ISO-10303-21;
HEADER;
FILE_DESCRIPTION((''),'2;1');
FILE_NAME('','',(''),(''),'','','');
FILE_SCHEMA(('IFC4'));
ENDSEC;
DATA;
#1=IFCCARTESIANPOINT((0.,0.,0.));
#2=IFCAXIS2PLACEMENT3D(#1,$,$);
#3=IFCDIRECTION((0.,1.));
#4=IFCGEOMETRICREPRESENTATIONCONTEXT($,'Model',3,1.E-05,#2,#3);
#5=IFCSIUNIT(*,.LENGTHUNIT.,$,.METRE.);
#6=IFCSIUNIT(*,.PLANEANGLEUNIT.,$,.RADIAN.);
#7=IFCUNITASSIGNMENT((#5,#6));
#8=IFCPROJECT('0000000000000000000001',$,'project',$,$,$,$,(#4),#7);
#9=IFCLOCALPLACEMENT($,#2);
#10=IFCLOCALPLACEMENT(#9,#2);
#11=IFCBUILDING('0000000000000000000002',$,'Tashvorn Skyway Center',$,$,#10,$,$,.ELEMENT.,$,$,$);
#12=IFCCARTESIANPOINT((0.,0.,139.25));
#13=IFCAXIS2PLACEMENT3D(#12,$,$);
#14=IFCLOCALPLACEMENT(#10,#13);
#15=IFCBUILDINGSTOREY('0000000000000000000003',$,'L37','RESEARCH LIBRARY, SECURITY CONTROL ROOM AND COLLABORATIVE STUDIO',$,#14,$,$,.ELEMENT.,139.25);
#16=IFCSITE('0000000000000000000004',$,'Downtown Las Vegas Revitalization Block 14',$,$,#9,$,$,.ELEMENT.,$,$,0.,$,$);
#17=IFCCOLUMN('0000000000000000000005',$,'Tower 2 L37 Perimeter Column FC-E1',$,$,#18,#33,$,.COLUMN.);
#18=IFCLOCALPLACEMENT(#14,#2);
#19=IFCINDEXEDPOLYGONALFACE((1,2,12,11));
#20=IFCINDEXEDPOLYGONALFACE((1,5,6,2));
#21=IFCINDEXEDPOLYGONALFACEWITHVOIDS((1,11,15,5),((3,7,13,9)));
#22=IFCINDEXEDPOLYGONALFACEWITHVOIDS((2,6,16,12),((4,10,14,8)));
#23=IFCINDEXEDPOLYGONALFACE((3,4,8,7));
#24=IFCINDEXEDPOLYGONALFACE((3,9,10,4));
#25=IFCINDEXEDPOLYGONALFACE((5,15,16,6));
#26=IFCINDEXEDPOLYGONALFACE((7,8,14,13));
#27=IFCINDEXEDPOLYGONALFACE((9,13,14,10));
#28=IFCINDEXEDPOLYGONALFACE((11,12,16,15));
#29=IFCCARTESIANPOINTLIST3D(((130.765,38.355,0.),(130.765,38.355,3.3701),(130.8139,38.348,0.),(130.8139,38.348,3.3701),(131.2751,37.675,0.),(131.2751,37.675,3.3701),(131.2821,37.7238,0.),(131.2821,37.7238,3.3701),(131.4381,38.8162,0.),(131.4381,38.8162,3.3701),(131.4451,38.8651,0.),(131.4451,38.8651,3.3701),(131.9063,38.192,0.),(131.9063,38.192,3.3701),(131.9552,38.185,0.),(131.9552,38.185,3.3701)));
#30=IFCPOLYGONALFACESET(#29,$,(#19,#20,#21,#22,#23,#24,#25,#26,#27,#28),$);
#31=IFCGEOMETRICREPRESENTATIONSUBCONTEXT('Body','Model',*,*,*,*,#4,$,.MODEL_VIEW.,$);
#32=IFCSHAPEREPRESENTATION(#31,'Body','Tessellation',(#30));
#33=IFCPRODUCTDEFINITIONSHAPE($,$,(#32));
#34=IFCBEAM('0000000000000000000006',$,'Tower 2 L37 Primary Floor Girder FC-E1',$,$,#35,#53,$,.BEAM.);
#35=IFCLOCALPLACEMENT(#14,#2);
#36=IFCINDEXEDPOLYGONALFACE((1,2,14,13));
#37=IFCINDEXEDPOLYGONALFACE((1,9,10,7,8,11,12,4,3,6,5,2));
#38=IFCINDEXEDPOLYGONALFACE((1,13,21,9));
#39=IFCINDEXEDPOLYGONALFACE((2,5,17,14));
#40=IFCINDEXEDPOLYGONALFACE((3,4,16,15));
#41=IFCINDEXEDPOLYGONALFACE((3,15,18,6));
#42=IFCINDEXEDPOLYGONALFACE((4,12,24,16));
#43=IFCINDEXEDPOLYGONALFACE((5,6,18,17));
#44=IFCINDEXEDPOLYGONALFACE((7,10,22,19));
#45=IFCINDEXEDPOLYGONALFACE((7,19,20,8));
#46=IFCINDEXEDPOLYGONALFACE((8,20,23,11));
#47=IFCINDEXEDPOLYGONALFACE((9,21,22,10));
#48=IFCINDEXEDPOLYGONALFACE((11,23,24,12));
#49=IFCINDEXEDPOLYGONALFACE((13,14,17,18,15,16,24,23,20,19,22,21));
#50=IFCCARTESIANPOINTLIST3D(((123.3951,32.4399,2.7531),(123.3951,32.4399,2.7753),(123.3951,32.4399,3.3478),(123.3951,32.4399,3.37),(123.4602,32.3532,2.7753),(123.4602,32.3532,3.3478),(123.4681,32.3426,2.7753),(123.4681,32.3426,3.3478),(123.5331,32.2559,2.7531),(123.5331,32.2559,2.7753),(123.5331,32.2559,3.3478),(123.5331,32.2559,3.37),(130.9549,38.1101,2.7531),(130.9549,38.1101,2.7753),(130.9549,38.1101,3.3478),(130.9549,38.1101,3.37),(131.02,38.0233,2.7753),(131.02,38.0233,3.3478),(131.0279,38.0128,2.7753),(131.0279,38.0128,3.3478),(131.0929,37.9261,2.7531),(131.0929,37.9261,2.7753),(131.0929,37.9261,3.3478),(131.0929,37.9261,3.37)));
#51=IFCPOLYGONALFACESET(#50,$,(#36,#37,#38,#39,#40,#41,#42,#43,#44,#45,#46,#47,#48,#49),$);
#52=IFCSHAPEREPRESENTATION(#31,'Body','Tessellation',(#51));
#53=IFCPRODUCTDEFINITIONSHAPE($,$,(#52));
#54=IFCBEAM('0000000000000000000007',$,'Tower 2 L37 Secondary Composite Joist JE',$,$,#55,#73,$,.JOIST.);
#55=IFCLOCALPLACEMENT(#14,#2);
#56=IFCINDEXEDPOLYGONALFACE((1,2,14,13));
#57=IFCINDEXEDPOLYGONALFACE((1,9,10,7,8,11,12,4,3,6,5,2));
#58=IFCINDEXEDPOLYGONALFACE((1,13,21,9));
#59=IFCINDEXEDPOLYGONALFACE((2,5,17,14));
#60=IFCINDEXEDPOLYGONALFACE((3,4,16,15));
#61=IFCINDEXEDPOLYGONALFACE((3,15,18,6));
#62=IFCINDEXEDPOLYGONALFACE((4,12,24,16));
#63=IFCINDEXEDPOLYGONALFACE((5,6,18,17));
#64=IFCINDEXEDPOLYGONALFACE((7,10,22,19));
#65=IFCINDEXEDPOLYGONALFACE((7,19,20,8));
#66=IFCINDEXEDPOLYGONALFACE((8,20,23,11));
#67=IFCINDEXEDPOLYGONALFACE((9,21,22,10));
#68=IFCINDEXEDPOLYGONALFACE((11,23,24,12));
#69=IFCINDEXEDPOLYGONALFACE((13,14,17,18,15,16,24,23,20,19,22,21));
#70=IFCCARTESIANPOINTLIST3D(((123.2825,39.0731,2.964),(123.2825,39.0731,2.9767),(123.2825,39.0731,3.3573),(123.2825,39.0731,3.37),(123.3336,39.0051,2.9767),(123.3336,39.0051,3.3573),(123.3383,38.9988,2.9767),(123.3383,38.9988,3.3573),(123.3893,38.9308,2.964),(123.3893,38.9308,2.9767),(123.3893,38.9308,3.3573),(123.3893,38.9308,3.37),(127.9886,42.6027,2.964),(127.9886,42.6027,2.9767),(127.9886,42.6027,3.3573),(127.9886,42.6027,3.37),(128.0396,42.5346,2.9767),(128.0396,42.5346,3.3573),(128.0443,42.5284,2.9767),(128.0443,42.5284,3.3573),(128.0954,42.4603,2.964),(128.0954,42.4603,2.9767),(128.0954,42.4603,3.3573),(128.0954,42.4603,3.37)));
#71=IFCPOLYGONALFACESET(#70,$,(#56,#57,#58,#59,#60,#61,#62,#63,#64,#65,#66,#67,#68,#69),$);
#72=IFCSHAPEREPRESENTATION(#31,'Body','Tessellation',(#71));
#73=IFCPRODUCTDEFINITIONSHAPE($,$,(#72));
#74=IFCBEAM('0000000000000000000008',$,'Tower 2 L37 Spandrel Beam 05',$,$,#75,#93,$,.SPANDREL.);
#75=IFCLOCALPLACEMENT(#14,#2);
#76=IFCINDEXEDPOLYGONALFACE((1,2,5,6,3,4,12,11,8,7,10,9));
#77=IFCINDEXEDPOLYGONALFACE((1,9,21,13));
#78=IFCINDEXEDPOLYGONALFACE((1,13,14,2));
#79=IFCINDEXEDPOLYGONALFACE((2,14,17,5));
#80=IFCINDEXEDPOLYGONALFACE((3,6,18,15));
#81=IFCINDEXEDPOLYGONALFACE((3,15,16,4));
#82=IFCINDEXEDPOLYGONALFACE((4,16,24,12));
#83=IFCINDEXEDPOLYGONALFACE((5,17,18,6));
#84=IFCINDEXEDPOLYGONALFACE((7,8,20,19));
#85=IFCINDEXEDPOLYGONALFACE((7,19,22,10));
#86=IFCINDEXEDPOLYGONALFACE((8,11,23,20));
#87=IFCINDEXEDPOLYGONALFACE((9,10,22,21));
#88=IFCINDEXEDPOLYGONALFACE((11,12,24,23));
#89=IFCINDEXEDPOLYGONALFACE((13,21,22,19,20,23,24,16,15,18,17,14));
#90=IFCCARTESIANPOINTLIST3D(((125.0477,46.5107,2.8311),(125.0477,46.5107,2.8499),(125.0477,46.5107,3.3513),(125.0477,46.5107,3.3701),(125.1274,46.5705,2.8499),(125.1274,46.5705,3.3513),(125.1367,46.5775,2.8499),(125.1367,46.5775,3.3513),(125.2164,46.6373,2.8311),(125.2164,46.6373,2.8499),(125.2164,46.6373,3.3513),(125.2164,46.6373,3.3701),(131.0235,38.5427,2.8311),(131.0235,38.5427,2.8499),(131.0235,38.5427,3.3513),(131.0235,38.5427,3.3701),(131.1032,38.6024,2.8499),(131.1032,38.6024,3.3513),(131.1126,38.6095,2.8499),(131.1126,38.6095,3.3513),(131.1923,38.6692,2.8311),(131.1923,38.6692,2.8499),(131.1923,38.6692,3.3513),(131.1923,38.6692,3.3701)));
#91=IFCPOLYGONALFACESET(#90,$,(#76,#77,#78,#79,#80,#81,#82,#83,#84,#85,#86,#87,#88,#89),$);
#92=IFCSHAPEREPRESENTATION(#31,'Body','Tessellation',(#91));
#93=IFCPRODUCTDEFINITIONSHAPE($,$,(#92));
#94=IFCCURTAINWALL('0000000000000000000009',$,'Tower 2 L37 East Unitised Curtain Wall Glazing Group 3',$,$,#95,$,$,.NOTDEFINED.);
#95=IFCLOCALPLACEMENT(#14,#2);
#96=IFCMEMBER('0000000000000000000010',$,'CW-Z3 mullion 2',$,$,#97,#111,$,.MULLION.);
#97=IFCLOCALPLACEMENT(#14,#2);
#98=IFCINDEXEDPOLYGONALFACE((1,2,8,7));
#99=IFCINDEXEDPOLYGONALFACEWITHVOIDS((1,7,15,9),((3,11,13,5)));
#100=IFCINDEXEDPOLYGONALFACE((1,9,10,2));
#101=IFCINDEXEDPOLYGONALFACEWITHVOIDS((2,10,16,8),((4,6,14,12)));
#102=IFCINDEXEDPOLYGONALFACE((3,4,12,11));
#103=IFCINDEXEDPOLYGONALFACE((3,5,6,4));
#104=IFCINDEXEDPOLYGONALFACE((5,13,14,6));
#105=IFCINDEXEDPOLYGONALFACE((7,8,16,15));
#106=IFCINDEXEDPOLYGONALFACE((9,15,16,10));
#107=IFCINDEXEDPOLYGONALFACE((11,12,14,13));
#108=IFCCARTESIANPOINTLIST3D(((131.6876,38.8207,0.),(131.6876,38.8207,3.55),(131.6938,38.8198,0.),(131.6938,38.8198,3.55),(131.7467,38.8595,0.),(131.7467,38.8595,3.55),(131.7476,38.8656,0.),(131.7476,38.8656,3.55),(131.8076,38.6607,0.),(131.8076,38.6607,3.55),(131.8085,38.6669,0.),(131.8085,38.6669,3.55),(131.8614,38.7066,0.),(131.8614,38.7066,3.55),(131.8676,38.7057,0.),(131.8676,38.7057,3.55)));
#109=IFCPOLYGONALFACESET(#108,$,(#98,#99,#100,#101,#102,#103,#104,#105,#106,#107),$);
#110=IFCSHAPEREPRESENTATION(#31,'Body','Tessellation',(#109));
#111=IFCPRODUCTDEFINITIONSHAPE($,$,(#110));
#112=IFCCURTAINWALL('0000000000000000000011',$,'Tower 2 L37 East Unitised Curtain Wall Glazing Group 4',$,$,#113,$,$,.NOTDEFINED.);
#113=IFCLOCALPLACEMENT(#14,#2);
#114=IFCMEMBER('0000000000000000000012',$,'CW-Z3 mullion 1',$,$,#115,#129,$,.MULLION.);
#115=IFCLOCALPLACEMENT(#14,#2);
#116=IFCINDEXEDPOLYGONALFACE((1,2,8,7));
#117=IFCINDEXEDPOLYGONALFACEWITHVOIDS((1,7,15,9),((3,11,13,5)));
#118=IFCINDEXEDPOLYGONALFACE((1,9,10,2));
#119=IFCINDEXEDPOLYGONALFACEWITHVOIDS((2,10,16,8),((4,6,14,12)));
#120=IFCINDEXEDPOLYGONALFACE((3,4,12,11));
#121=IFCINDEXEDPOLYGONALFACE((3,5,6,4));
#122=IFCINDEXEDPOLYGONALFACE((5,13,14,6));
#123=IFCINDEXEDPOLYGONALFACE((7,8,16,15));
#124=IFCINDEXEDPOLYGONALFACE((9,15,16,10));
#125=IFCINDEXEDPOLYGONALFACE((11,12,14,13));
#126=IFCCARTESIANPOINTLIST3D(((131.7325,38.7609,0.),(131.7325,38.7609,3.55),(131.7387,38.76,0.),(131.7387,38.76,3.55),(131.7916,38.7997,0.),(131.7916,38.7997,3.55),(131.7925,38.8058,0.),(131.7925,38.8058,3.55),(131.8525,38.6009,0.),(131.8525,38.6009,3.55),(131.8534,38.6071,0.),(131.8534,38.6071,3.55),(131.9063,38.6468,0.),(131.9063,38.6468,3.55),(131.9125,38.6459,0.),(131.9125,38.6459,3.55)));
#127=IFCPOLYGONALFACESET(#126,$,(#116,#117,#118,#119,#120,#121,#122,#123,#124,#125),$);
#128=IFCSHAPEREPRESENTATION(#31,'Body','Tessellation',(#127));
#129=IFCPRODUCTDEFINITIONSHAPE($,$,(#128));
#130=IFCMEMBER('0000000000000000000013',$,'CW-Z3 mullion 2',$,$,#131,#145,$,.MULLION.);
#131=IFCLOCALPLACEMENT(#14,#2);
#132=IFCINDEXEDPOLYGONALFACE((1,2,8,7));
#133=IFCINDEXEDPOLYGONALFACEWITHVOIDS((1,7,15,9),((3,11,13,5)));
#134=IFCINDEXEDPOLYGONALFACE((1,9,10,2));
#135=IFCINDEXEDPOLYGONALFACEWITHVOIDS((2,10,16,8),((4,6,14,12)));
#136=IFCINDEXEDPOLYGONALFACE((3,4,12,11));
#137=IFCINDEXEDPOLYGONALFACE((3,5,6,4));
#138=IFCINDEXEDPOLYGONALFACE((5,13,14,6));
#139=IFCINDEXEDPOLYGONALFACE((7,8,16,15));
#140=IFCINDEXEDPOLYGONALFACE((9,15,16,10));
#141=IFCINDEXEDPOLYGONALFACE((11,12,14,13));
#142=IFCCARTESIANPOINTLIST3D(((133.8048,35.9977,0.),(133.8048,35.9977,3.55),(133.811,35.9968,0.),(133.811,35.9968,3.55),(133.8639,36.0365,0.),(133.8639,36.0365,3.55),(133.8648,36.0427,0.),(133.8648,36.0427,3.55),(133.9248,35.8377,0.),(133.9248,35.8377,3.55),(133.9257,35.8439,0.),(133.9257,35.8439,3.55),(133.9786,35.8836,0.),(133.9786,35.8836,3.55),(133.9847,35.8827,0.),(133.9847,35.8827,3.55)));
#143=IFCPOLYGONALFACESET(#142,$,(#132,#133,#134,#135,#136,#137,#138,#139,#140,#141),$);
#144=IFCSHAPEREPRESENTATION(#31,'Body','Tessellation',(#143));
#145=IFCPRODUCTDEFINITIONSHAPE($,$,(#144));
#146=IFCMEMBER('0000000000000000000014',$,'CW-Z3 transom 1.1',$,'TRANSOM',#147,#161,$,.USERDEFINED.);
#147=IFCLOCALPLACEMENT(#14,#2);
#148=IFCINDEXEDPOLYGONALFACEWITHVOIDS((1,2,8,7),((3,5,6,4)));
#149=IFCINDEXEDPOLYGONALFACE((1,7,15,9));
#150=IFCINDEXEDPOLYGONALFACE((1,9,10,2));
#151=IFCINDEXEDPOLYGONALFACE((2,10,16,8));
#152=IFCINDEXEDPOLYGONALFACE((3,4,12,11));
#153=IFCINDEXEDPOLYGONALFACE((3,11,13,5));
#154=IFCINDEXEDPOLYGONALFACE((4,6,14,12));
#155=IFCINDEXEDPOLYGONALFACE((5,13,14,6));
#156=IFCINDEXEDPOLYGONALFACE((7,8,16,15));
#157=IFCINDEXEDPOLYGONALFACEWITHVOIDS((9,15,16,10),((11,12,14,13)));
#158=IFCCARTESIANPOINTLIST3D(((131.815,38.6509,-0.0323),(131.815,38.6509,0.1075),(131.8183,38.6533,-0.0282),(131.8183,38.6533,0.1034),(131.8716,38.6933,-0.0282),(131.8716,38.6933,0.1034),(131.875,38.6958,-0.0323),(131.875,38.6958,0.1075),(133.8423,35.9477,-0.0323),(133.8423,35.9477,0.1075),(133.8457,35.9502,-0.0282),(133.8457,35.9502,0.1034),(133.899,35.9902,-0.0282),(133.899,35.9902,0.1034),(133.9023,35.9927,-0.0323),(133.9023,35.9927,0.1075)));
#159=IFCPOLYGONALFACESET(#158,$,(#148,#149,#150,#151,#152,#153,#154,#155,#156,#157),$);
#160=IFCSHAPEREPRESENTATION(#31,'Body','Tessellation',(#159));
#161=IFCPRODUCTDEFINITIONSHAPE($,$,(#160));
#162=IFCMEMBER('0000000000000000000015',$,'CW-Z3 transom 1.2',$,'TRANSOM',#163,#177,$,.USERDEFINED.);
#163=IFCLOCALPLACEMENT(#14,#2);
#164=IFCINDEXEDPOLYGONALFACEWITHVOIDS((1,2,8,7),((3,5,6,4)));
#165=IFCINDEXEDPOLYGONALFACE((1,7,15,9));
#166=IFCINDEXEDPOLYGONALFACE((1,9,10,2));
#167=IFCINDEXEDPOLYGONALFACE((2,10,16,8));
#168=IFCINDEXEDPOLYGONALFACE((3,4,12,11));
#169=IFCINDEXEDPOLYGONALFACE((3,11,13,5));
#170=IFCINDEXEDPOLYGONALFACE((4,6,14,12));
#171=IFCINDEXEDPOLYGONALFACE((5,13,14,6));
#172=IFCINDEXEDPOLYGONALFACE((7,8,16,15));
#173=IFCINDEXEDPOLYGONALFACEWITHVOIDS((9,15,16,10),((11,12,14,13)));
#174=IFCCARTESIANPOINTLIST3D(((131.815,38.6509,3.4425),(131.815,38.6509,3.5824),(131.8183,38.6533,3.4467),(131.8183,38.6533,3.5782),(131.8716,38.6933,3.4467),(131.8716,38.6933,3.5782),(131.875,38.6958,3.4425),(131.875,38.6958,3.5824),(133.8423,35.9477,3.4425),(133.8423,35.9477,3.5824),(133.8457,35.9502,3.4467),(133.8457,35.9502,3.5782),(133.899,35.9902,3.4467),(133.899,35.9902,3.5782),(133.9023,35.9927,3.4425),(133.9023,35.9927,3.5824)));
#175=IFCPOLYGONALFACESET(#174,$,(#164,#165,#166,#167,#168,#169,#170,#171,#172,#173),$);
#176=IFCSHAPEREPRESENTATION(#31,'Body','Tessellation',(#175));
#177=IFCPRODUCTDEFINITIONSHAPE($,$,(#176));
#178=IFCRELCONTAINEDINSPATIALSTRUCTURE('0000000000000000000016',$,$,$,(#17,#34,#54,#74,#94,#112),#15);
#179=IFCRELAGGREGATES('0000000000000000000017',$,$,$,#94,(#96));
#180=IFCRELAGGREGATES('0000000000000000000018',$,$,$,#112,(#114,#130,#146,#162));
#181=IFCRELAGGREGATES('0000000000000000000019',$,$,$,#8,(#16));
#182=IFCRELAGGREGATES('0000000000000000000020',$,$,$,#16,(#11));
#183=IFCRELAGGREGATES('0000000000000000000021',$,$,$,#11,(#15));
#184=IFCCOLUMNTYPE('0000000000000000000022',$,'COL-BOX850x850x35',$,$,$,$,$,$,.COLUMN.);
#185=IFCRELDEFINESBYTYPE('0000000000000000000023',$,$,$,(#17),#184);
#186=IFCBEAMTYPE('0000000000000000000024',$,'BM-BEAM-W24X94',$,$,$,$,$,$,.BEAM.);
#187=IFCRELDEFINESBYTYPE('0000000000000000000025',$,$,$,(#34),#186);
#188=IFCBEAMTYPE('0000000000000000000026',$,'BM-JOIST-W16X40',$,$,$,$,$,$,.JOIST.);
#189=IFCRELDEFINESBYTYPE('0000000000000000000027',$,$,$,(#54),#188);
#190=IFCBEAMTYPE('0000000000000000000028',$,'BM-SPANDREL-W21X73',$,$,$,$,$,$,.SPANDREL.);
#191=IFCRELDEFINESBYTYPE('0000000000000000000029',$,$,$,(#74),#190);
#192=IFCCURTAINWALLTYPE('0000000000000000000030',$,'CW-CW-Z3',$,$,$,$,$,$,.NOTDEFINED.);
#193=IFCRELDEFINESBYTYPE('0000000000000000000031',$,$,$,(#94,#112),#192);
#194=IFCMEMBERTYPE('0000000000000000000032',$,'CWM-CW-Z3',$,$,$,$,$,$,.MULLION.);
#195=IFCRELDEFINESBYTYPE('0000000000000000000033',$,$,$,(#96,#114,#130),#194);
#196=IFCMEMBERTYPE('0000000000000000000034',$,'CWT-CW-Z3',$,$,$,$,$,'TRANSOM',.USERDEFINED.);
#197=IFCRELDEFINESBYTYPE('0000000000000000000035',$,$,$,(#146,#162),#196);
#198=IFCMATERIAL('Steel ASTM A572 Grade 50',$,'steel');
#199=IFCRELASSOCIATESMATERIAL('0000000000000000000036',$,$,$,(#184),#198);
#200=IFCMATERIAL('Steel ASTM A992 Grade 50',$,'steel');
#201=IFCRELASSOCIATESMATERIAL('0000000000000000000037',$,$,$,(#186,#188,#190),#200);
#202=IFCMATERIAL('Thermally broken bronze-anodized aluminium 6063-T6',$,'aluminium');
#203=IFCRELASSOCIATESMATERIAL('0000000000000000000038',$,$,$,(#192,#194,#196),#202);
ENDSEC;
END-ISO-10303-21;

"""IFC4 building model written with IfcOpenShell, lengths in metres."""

from ifc_helpers import new_model, si_unit, direction, frame, origin, origin_2d, place, context, subcontext, project, spatial, hollow_rectangle, i_section, extrude, material, material_profile, profile_set, type_object, element, aggregate, save


model = new_model("IFC4")

# Units and contexts
model_context = context("Model", 3, precision=1e-05, world=origin(), true_north=direction((0.0, 1.0)))
body_context = subcontext(model_context, "Body", "Model", "MODEL_VIEW")
ifc_project = project(units=[si_unit("LENGTHUNIT", "METRE"), si_unit("PLANEANGLEUNIT", "RADIAN")], contexts=[model_context])

# Site, building, storey
site_placement = place(None, origin())
site = spatial("IfcSite", under=ifc_project, at=site_placement, Name="Downtown Las Vegas Revitalization Block 14", CompositionType="ELEMENT", RefElevation=0.0)
building_placement = place(site_placement, origin())
building = spatial("IfcBuilding", under=site, at=building_placement, Name="Tashvorn Skyway Center", CompositionType="ELEMENT")
storey_placement = place(building_placement, frame((0.0, 0.0, 139.25)))
storey = spatial("IfcBuildingStorey", under=building, at=storey_placement, Name="L37", Description="RESEARCH LIBRARY, SECURITY CONTROL ROOM AND COLLABORATIVE STUDIO", CompositionType="ELEMENT", Elevation=139.25)

# Column
ifc_material_1 = material(Name="Steel ASTM A572 Grade 50", Category="steel")
ifc_material_profile_1 = material_profile(ifc_material_1, hollow_rectangle(XDim=0.8501, YDim=0.8501, WallThickness=0.0349, at=origin_2d()), Name="BOX850x850x35")
ifc_profile_set_1 = profile_set([ifc_material_profile_1], Name="Steel ASTM A572 Grade 50")
column_type = type_object("IfcColumnType", Name="COL-BOX850x850x35", PredefinedType="COLUMN", material=ifc_profile_set_1)
column_placement = place(storey_placement, frame((131.3601, 38.27, 0.0), z_axis=(0.0, 0.0, 1.0), x_axis=(0.8, 0.6, 0.0)))
element("IfcColumn", 1, at=column_placement, inside=storey, type_object=column_type, Name="Tower 2 L37 Perimeter Column FC-E1", PredefinedType="COLUMN", context=body_context, shape_type="SweptSolid", body=[
    extrude(hollow_rectangle(XDim=0.8501, YDim=0.8501, WallThickness=0.0349, at=origin_2d()), origin(), (0.0, 0.0, 1.0), 3.3701),
])

# Beams
ifc_material_2 = material(Name="Steel ASTM A992 Grade 50", Category="steel")
ifc_material_profile_2 = material_profile(ifc_material_2, i_section(OverallWidth=0.23, OverallDepth=0.6169, WebThickness=0.0132, FlangeThickness=0.0222, at=origin_2d()), Name="W24X94")
ifc_profile_set_2 = profile_set([ifc_material_profile_2], Name="Steel ASTM A992 Grade 50")
beam_type_1 = type_object("IfcBeamType", Name="BM-BEAM-W24X94", PredefinedType="BEAM", material=ifc_profile_set_2)
beam_1_placement = place(storey_placement, frame((131.0239, 38.0181, 3.0615), z_axis=(-0.799984, -0.600021, 0.0), x_axis=(0.600021, -0.799984, 0.0)))
element("IfcBeam", 2, at=beam_1_placement, inside=storey, type_object=beam_type_1, Name="Tower 2 L37 Primary Floor Girder FC-E1", PredefinedType="BEAM", context=body_context, shape_type="SweptSolid", body=[
    extrude(i_section(OverallWidth=0.23, OverallDepth=0.6169, WebThickness=0.0132, FlangeThickness=0.0222, at=origin_2d()), origin(), (0.0, 0.0, 1.0), 9.45),
])
ifc_material_profile_3 = material_profile(ifc_material_2, i_section(OverallWidth=0.178, OverallDepth=0.406, WebThickness=0.0078, FlangeThickness=0.0127, at=origin_2d()), Name="W16X40")
ifc_profile_set_3 = profile_set([ifc_material_profile_3], Name="Steel ASTM A992 Grade 50")
beam_type_2 = type_object("IfcBeamType", Name="BM-JOIST-W16X40", PredefinedType="JOIST", material=ifc_profile_set_3)
beam_2_placement = place(storey_placement, frame((123.3359, 39.002, 3.167), z_axis=(0.8, 0.6, 0.0), x_axis=(-0.6, 0.8, 0.0)))
element("IfcBeam", 3, at=beam_2_placement, inside=storey, type_object=beam_type_2, Name="Tower 2 L37 Secondary Composite Joist JE", PredefinedType="JOIST", context=body_context, shape_type="SweptSolid", body=[
    extrude(i_section(OverallWidth=0.178, OverallDepth=0.406, WebThickness=0.0078, FlangeThickness=0.0127, at=origin_2d()), origin(), (0.0, 0.0, 1.0), 5.8826),
])
ifc_material_profile_4 = material_profile(ifc_material_2, i_section(OverallWidth=0.2109, OverallDepth=0.5391, WebThickness=0.0117, FlangeThickness=0.0188, at=origin_2d()), Name="W21X73")
ifc_profile_set_4 = profile_set([ifc_material_profile_4], Name="Steel ASTM A992 Grade 50")
beam_type_3 = type_object("IfcBeamType", Name="BM-SPANDREL-W21X73", PredefinedType="SPANDREL", material=ifc_profile_set_4)
beam_3_placement = place(storey_placement, frame((131.1079, 38.606, 3.1006), z_axis=(-0.599988, 0.800009, 0.0), x_axis=(-0.800009, -0.599988, 0.0)))
element("IfcBeam", 4, at=beam_3_placement, inside=storey, type_object=beam_type_3, Name="Tower 2 L37 Spandrel Beam 05", PredefinedType="SPANDREL", context=body_context, shape_type="SweptSolid", body=[
    extrude(i_section(OverallWidth=0.2109, OverallDepth=0.5391, WebThickness=0.0117, FlangeThickness=0.0188, at=origin_2d()), origin(), (0.0, 0.0, 1.0), 9.96),
])

# Curtain wall, member
ifc_material_3 = material(Name="Thermally broken bronze-anodized aluminium 6063-T6", Category="aluminium")
curtain_wall_type = type_object("IfcCurtainWallType", Name="CW-CW-Z3", PredefinedType="NOTDEFINED", material=ifc_material_3)
curtain_wall_1_placement = place(storey_placement, origin())
curtain_wall_1 = element("IfcCurtainWall", 5, at=curtain_wall_1_placement, inside=storey, type_object=curtain_wall_type, Name="Tower 2 L37 East Unitised Curtain Wall Glazing Group 3", PredefinedType="NOTDEFINED")
ifc_material_profile_5 = material_profile(ifc_material_3, hollow_rectangle(XDim=0.075, YDim=0.2, WallThickness=0.0044, at=origin_2d()), Name="ALU-MULL-75x200")
ifc_profile_set_5 = profile_set([ifc_material_profile_5], Name="Thermally broken bronze-anodized aluminium 6063-T6")
member_type_1 = type_object("IfcMemberType", Name="CWM-CW-Z3", PredefinedType="MULLION", material=ifc_profile_set_5)
member_1_placement = place(storey_placement, frame((131.7776, 38.7632, 0.0), z_axis=(0.0, 0.0, 1.0), x_axis=(0.800002, 0.599997, 0.0)))
member_1 = element("IfcMember", 6, at=member_1_placement, type_object=member_type_1, Name="CW-Z3 mullion 2", PredefinedType="MULLION", context=body_context, shape_type="SweptSolid", body=[
    extrude(hollow_rectangle(XDim=0.075, YDim=0.2, WallThickness=0.0044, at=origin_2d()), origin(), (0.0, 0.0, 1.0), 3.55),
])
aggregate(curtain_wall_1, [member_1])

# Curtain wall, members
curtain_wall_2_placement = place(storey_placement, origin())
curtain_wall_2 = element("IfcCurtainWall", 7, at=curtain_wall_2_placement, inside=storey, type_object=curtain_wall_type, Name="Tower 2 L37 East Unitised Curtain Wall Glazing Group 4", PredefinedType="NOTDEFINED")
member_2_placement = place(storey_placement, frame((131.8225, 38.7034, 0.0), z_axis=(0.0, 0.0, 1.0), x_axis=(0.800003, 0.599995, 0.0)))
member_2 = element("IfcMember", 8, at=member_2_placement, type_object=member_type_1, Name="CW-Z3 mullion 1", PredefinedType="MULLION", context=body_context, shape_type="SweptSolid", body=[
    extrude(hollow_rectangle(XDim=0.075, YDim=0.2, WallThickness=0.0044, at=origin_2d()), origin(), (0.0, 0.0, 1.0), 3.55),
])
member_3_placement = place(storey_placement, frame((133.8948, 35.9402, 0.0), z_axis=(0.0, 0.0, 1.0), x_axis=(0.800003, 0.599995, 0.0)))
member_3 = element("IfcMember", 9, at=member_3_placement, type_object=member_type_1, Name="CW-Z3 mullion 2", PredefinedType="MULLION", context=body_context, shape_type="SweptSolid", body=[
    extrude(hollow_rectangle(XDim=0.075, YDim=0.2, WallThickness=0.0044, at=origin_2d()), origin(), (0.0, 0.0, 1.0), 3.55),
])
ifc_material_profile_6 = material_profile(ifc_material_3, hollow_rectangle(XDim=0.075, YDim=0.1399, WallThickness=0.0042, at=origin_2d()), Name="ALU-TRAN-75x140")
ifc_profile_set_6 = profile_set([ifc_material_profile_6], Name="Thermally broken bronze-anodized aluminium 6063-T6")
member_type_2 = type_object("IfcMemberType", Name="CWT-CW-Z3", ElementType="TRANSOM", PredefinedType="USERDEFINED", material=ifc_profile_set_6)
member_4_placement = place(storey_placement, frame((131.845, 38.6733, 0.0376), z_axis=(0.6, -0.8, 0.0), x_axis=(0.8, 0.6, 0.0)))
member_4 = element("IfcMember", 10, at=member_4_placement, type_object=member_type_2, Name="CW-Z3 transom 1.1", ObjectType="TRANSOM", PredefinedType="USERDEFINED", context=body_context, shape_type="SweptSolid", body=[
    extrude(hollow_rectangle(XDim=0.075, YDim=0.1399, WallThickness=0.0042, at=origin_2d()), origin(), (0.0, 0.0, 1.0), 3.3789),
])
member_5_placement = place(storey_placement, frame((131.845, 38.6733, 3.5125), z_axis=(0.6, -0.8, 0.0), x_axis=(0.8, 0.6, 0.0)))
member_5 = element("IfcMember", 11, at=member_5_placement, type_object=member_type_2, Name="CW-Z3 transom 1.2", ObjectType="TRANSOM", PredefinedType="USERDEFINED", context=body_context, shape_type="SweptSolid", body=[
    extrude(hollow_rectangle(XDim=0.075, YDim=0.1399, WallThickness=0.0042, at=origin_2d()), origin(), (0.0, 0.0, 1.0), 3.3789),
])
aggregate(curtain_wall_2, [member_2, member_3, member_4, member_5])

save(model, "model.ifc")
